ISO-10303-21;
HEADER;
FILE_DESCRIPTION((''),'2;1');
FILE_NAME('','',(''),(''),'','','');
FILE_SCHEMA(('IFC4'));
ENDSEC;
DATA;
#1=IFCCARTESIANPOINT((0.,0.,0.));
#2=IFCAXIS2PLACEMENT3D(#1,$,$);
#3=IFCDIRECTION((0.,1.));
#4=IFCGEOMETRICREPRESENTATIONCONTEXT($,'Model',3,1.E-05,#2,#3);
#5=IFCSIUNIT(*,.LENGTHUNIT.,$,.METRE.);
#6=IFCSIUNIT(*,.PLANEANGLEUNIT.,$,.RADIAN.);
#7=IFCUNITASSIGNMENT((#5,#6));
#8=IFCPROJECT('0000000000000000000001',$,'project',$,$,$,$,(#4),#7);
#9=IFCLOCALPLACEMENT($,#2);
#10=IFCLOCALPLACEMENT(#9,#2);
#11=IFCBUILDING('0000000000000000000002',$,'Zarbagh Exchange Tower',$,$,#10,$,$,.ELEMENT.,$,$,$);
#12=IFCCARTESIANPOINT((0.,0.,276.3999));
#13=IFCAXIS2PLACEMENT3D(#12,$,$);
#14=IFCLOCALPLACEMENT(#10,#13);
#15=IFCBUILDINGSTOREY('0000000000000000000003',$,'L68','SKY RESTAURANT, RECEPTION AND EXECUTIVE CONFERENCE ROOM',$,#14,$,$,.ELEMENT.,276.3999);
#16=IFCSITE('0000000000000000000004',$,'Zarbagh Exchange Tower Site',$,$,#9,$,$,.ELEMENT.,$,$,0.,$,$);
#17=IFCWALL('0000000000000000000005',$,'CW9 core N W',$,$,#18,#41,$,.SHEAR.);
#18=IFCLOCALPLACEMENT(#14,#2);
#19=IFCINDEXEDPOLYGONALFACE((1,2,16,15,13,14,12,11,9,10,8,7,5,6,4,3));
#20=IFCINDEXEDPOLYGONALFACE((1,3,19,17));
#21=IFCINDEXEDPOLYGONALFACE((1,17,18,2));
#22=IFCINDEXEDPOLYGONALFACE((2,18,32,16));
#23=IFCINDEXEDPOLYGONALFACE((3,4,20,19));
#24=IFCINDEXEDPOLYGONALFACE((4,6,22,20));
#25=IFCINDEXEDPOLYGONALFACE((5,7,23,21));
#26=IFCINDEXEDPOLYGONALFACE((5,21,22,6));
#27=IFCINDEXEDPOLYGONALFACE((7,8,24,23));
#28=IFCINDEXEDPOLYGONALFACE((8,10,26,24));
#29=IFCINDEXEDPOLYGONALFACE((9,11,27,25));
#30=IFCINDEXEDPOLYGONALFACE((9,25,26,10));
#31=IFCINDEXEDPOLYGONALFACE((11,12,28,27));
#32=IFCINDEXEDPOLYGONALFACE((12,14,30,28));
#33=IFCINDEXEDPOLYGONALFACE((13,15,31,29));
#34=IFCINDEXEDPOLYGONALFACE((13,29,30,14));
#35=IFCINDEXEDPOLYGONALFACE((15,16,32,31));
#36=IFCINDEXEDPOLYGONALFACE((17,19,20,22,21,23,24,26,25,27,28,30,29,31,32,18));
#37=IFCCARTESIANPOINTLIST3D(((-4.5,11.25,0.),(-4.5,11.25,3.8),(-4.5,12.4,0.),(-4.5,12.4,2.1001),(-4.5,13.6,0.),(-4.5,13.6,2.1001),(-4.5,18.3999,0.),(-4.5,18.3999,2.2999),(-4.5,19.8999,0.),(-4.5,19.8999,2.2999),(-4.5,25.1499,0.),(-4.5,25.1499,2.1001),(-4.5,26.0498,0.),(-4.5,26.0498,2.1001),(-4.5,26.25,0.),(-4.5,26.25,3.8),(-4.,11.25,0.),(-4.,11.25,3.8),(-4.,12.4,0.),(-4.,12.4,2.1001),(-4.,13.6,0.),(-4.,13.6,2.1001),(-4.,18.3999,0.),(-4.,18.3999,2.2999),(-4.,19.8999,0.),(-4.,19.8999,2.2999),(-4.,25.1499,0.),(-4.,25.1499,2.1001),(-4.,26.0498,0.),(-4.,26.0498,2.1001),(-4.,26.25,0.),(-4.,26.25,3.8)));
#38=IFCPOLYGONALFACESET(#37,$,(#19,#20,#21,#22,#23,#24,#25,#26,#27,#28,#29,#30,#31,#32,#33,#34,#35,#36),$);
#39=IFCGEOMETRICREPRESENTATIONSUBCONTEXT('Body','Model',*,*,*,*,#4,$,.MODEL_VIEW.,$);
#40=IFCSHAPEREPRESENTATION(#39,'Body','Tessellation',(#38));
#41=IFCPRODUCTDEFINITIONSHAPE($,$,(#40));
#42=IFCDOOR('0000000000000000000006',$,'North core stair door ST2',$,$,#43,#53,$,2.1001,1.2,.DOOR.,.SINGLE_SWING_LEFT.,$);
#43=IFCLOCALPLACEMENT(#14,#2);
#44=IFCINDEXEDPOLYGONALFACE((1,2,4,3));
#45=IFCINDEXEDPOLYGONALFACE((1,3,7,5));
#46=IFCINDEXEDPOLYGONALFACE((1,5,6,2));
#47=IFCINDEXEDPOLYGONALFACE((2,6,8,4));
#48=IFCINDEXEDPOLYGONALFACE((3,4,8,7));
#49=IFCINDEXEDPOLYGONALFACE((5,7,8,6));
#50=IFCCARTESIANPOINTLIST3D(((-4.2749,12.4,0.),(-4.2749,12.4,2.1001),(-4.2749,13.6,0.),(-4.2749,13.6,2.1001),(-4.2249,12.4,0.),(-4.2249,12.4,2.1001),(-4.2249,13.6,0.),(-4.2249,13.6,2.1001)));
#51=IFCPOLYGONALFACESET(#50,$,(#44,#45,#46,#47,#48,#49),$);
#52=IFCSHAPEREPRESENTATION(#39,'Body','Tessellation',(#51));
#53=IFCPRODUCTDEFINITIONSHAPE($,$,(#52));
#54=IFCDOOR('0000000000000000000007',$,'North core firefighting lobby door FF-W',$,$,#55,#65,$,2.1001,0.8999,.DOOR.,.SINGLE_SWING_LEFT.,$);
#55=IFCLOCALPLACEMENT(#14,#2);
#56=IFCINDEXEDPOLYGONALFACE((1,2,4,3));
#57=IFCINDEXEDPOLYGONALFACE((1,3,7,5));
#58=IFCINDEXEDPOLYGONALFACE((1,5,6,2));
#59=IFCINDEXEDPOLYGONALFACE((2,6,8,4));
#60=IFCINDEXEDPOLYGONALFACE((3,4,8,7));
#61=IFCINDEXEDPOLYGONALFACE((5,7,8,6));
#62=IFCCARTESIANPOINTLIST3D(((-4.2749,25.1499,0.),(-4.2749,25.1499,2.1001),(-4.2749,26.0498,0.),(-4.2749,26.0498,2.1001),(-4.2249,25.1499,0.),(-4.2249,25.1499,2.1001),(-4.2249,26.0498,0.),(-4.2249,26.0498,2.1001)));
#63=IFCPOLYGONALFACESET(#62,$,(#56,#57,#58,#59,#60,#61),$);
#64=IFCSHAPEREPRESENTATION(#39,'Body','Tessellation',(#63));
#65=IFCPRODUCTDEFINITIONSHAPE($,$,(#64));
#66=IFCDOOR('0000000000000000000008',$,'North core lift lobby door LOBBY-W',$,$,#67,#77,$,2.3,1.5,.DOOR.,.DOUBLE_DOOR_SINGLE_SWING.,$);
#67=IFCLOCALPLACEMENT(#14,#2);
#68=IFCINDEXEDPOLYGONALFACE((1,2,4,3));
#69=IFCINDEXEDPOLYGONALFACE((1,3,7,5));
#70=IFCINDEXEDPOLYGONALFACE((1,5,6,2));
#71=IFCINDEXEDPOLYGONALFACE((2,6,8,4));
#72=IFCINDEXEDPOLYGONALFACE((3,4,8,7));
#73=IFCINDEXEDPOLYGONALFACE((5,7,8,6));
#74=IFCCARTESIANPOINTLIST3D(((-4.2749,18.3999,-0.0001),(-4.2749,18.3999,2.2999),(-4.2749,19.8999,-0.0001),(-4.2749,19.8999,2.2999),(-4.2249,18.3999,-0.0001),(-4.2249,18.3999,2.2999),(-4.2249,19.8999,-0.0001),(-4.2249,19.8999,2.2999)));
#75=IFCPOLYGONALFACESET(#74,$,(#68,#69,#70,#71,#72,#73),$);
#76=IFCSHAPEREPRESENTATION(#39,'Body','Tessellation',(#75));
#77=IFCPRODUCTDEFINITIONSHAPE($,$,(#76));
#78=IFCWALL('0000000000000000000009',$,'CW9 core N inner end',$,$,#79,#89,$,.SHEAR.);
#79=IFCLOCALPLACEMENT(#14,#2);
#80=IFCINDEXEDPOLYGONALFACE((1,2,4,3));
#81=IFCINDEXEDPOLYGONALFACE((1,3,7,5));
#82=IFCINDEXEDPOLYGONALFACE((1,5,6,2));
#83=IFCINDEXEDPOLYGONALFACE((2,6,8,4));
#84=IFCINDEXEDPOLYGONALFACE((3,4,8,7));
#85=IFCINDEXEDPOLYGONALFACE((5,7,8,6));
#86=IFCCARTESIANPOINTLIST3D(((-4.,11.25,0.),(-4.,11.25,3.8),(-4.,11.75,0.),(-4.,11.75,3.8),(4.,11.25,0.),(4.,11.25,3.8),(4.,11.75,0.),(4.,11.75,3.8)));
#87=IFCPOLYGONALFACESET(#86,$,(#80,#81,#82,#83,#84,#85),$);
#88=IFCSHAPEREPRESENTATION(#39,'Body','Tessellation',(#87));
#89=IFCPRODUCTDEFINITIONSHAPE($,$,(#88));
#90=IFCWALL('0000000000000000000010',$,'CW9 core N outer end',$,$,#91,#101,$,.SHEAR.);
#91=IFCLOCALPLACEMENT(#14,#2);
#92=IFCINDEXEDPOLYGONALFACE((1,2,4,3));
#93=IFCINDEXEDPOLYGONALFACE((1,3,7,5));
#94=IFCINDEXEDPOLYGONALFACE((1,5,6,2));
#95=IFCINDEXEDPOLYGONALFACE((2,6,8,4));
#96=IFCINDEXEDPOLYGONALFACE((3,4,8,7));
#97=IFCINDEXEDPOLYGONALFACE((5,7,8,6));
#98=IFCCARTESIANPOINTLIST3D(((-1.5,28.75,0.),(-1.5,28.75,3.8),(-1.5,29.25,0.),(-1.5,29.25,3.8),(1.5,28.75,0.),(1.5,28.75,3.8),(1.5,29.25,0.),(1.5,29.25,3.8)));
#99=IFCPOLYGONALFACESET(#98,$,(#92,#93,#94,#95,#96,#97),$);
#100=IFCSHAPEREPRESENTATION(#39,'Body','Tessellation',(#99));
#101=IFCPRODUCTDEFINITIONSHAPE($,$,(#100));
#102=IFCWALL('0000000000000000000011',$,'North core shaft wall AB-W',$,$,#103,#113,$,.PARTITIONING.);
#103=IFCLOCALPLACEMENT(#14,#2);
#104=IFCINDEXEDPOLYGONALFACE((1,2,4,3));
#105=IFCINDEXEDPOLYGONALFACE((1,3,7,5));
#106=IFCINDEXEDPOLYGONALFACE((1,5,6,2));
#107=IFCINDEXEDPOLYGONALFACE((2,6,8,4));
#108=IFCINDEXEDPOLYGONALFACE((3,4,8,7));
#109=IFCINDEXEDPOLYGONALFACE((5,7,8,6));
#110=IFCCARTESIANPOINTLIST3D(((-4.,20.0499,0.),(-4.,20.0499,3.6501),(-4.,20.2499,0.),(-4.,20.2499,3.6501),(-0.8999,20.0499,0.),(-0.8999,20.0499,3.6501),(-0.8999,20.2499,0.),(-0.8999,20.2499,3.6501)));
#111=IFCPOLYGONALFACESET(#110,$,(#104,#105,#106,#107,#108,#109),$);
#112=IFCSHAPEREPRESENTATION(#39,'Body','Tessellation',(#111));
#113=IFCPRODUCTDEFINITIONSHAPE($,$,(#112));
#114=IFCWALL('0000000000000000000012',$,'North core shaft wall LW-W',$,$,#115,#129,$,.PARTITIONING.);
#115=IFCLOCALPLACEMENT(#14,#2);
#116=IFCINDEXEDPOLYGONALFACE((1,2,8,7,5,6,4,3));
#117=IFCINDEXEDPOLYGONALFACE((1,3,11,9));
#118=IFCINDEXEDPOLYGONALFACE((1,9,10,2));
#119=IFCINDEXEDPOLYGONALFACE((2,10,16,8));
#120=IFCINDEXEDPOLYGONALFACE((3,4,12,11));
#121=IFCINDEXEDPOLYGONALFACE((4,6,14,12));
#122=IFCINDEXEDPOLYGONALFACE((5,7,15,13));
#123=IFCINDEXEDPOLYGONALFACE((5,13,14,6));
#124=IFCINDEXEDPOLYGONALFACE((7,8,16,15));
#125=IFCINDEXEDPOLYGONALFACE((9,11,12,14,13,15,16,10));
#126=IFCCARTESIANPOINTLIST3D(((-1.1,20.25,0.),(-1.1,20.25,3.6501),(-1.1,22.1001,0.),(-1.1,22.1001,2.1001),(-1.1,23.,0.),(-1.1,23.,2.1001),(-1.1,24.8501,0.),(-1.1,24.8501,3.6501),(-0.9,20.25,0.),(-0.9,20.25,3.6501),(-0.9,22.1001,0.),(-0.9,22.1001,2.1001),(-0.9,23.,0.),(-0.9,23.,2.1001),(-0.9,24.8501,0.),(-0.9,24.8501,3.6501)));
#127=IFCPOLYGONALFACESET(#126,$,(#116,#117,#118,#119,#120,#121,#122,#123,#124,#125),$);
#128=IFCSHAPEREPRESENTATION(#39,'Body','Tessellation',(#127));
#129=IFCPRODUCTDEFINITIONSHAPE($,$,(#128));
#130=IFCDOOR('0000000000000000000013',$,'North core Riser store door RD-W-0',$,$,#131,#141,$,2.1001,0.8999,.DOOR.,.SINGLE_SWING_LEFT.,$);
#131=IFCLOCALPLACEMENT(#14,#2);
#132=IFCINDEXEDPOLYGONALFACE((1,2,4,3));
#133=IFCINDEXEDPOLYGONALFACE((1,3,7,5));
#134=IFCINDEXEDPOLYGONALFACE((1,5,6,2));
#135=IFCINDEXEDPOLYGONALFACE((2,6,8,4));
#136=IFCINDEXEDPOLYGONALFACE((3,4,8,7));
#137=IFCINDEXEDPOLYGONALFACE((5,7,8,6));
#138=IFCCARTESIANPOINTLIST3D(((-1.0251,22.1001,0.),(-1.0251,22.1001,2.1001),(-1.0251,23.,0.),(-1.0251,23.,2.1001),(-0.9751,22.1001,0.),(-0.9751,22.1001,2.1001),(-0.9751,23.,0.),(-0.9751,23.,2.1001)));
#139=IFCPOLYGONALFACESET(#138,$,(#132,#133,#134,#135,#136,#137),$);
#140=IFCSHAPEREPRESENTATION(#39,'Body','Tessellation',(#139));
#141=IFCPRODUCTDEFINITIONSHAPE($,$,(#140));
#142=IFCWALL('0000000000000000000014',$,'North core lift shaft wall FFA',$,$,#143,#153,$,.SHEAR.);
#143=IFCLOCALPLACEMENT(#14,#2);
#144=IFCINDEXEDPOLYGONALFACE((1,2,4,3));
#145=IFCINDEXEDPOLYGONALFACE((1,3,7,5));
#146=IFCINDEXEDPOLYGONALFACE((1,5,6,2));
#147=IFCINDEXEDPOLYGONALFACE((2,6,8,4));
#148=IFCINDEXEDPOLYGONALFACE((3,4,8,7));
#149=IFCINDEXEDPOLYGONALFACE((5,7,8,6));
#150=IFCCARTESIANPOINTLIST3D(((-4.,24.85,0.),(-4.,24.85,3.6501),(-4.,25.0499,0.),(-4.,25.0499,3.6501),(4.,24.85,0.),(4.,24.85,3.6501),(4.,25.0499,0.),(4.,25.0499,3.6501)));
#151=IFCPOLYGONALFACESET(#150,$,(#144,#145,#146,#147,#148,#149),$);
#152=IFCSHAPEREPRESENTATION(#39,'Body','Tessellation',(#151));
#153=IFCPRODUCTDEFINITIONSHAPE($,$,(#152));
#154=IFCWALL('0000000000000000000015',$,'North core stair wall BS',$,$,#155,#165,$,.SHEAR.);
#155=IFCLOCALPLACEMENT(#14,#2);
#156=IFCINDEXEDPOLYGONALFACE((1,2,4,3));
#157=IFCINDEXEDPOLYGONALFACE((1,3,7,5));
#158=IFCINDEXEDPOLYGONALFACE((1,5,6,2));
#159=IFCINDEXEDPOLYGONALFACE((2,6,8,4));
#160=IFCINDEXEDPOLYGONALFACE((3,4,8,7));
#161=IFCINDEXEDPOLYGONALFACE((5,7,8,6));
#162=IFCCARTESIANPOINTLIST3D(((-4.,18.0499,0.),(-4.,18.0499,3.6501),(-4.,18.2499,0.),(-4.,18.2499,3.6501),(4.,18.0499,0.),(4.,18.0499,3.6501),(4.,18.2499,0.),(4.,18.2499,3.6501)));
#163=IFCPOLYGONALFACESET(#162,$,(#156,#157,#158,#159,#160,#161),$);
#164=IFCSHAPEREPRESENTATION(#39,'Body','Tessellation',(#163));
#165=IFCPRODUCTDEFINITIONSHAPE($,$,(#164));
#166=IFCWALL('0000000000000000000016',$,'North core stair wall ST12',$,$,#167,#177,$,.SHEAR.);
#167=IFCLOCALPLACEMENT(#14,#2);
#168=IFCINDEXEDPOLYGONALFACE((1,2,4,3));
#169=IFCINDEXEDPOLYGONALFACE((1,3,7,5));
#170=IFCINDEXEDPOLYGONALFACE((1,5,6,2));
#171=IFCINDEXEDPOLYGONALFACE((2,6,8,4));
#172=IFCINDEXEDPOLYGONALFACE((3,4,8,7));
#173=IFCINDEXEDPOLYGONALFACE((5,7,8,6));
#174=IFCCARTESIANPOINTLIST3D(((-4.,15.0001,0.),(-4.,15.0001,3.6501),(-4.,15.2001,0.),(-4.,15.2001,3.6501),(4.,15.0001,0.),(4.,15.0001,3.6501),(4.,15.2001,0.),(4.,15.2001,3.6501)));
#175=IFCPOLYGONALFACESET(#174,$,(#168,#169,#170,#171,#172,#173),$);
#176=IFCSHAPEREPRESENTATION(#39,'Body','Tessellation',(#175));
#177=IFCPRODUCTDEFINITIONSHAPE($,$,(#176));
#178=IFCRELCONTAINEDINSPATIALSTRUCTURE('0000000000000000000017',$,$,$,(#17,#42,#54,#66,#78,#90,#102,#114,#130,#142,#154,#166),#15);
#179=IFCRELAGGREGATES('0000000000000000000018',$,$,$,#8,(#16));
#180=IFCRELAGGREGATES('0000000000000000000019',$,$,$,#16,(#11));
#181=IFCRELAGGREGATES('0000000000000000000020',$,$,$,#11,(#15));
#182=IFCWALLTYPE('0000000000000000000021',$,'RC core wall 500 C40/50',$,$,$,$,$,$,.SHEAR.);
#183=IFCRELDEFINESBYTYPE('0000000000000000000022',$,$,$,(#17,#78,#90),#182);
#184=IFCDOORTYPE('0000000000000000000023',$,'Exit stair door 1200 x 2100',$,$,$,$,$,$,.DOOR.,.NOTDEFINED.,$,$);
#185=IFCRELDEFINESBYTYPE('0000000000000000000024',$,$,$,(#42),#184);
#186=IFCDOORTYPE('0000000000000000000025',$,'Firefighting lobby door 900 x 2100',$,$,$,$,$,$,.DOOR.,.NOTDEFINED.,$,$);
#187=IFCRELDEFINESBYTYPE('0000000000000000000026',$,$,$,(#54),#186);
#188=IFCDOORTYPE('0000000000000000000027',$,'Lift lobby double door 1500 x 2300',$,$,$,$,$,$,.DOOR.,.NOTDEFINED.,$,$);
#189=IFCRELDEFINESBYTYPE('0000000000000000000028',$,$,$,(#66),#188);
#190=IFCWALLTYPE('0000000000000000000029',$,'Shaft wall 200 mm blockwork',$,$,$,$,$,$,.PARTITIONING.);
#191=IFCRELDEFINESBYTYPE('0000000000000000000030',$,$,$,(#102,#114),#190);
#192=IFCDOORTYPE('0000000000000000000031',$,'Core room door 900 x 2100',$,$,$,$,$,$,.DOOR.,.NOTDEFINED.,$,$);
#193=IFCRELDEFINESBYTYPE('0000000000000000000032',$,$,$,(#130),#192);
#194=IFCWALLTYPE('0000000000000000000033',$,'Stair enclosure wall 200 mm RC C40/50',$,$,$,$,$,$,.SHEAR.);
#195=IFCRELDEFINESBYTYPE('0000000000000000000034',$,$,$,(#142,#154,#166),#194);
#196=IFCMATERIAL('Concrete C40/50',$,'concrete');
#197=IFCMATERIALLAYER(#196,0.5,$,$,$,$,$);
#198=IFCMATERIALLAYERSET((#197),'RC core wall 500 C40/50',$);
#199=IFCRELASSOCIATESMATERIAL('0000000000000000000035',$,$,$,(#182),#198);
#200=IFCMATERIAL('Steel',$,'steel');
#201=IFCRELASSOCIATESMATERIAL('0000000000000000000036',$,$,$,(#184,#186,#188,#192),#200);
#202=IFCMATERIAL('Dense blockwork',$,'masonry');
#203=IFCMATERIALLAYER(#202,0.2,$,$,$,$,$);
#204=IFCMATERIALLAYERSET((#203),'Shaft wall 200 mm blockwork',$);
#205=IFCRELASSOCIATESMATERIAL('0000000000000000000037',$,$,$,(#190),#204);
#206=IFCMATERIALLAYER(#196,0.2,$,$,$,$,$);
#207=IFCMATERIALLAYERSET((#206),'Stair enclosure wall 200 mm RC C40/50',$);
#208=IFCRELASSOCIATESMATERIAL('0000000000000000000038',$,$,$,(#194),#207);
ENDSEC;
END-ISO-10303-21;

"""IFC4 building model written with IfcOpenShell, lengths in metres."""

from ifc_helpers import new_model, si_unit, direction, frame, frame_2d, origin, place, context, subcontext, project, spatial, rectangle, extrude, material, layer, layer_set, type_object, element, fill, save


model = new_model("IFC4")

# Units and contexts
model_context = context("Model", 3, precision=1e-05, world=origin(), true_north=direction((0.0, 1.0)))
body_context = subcontext(model_context, "Body", "Model", "MODEL_VIEW")
ifc_project = project(units=[si_unit("LENGTHUNIT", "METRE"), si_unit("PLANEANGLEUNIT", "RADIAN")], contexts=[model_context])

# Site, building, storey
site_placement = place(None, origin())
site = spatial("IfcSite", under=ifc_project, at=site_placement, Name="Zarbagh Exchange Tower Site", CompositionType="ELEMENT", RefElevation=0.0)
building_placement = place(site_placement, origin())
building = spatial("IfcBuilding", under=site, at=building_placement, Name="Zarbagh Exchange Tower", CompositionType="ELEMENT")
storey_placement = place(building_placement, frame((0.0, 0.0, 276.3999)))
storey = spatial("IfcBuildingStorey", under=building, at=storey_placement, Name="L68", Description="SKY RESTAURANT, RECEPTION AND EXECUTIVE CONFERENCE ROOM", CompositionType="ELEMENT", Elevation=276.3999)

# Shared definitions
ifc_material_1 = material(Name="Concrete C40/50", Category="concrete")

# Wall, openings, doors
ifc_layer_1 = layer(ifc_material_1, 0.5)
ifc_layer_set_1 = layer_set([ifc_layer_1], Name="RC core wall 500 C40/50")
wall_type_1 = type_object("IfcWallType", Name="RC core wall 500 C40/50", PredefinedType="SHEAR", material=ifc_layer_set_1)
wall_1_placement = place(storey_placement, frame((-4.25, 11.25, 0.0), z_axis=(0.0, 0.0, 1.0), x_axis=(0.0, 1.0, 0.0)))
wall_1 = element("IfcWall", 1, at=wall_1_placement, inside=storey, type_object=wall_type_1, Name="CW9 core N W", PredefinedType="SHEAR", context=body_context, shape_type="SweptSolid", body=[
    extrude(rectangle(XDim=15.0, YDim=0.5, at=frame_2d((7.5, 0.0))), origin(), (0.0, 0.0, 1.0), 3.8),
])
opening_1_placement = place(wall_1_placement, frame((7.1499, 0.0, 0.0)))
opening_1 = element("IfcOpeningElement", 2, at=opening_1_placement, cuts=wall_1, PredefinedType="OPENING", context=body_context, shape_type="SweptSolid", body=[
    extrude(rectangle(XDim=1.5, YDim=2.3, at=frame_2d((0.75, 1.1499))), frame((0.0, 0.26, 0.0), z_axis=(0.0, -1.0, 0.0), x_axis=(1.0, 0.0, 0.0)), (0.0, 0.0, 1.0), 0.52),
])
opening_2_placement = place(wall_1_placement, frame((13.8999, 0.0, 0.0)))
opening_2 = element("IfcOpeningElement", 3, at=opening_2_placement, cuts=wall_1, PredefinedType="OPENING", context=body_context, shape_type="SweptSolid", body=[
    extrude(rectangle(XDim=0.8999, YDim=2.1001, at=frame_2d((0.45, 1.05))), frame((0.0, 0.26, 0.0), z_axis=(0.0, -1.0, 0.0), x_axis=(1.0, 0.0, 0.0)), (0.0, 0.0, 1.0), 0.52),
])
opening_3_placement = place(wall_1_placement, frame((1.1499, 0.0, 0.0)))
opening_3 = element("IfcOpeningElement", 4, at=opening_3_placement, cuts=wall_1, PredefinedType="OPENING", context=body_context, shape_type="SweptSolid", body=[
    extrude(rectangle(XDim=1.2, YDim=2.1001, at=frame_2d((0.6001, 1.05))), frame((0.0, 0.26, 0.0), z_axis=(0.0, -1.0, 0.0), x_axis=(1.0, 0.0, 0.0)), (0.0, 0.0, 1.0), 0.52),
])
ifc_material_2 = material(Name="Steel", Category="steel")
door_type_1 = type_object("IfcDoorType", Name="Exit stair door 1200 x 2100", OperationType="NOTDEFINED", PredefinedType="DOOR", material=ifc_material_2)
door_1_placement = place(opening_3_placement, origin())
door_1 = element("IfcDoor", 5, at=door_1_placement, inside=storey, type_object=door_type_1, Name="North core stair door ST2", OperationType="SINGLE_SWING_LEFT", OverallHeight=2.1001, OverallWidth=1.2, PredefinedType="DOOR", context=body_context, shape_type="SweptSolid", body=[
    extrude(rectangle(XDim=1.2, YDim=2.1001, at=frame_2d((0.6001, 1.05))), frame((0.0, 0.0249, 0.0), z_axis=(0.0, -1.0, 0.0), x_axis=(1.0, 0.0, 0.0)), (0.0, 0.0, 1.0), 0.05),
])
fill(opening_3, door_1)
door_type_2 = type_object("IfcDoorType", Name="Firefighting lobby door 900 x 2100", OperationType="NOTDEFINED", PredefinedType="DOOR", material=ifc_material_2)
door_2_placement = place(opening_2_placement, origin())
door_2 = element("IfcDoor", 6, at=door_2_placement, inside=storey, type_object=door_type_2, Name="North core firefighting lobby door FF-W", OperationType="SINGLE_SWING_LEFT", OverallHeight=2.1001, OverallWidth=0.8999, PredefinedType="DOOR", context=body_context, shape_type="SweptSolid", body=[
    extrude(rectangle(XDim=0.8999, YDim=2.1001, at=frame_2d((0.45, 1.05))), frame((0.0, 0.0249, 0.0), z_axis=(0.0, -1.0, 0.0), x_axis=(1.0, 0.0, 0.0)), (0.0, 0.0, 1.0), 0.05),
])
fill(opening_2, door_2)
door_type_3 = type_object("IfcDoorType", Name="Lift lobby double door 1500 x 2300", OperationType="NOTDEFINED", PredefinedType="DOOR", material=ifc_material_2)
door_3_placement = place(opening_1_placement, origin())
door_3 = element("IfcDoor", 7, at=door_3_placement, inside=storey, type_object=door_type_3, Name="North core lift lobby door LOBBY-W", OperationType="DOUBLE_DOOR_SINGLE_SWING", OverallHeight=2.3, OverallWidth=1.5, PredefinedType="DOOR", context=body_context, shape_type="SweptSolid", body=[
    extrude(rectangle(XDim=1.5, YDim=2.3, at=frame_2d((0.75, 1.1499))), frame((0.0, 0.0249, 0.0), z_axis=(0.0, -1.0, 0.0), x_axis=(1.0, 0.0, 0.0)), (0.0, 0.0, 1.0), 0.05),
])
fill(opening_1, door_3)

# Walls
wall_2_placement = place(storey_placement, frame((-4.0, 11.5, 0.0), z_axis=(0.0, 0.0, 1.0), x_axis=(1.0, 0.0, 0.0)))
element("IfcWall", 8, at=wall_2_placement, inside=storey, type_object=wall_type_1, Name="CW9 core N inner end", PredefinedType="SHEAR", context=body_context, shape_type="SweptSolid", body=[
    extrude(rectangle(XDim=8.0, YDim=0.5, at=frame_2d((4.0, 0.0))), origin(), (0.0, 0.0, 1.0), 3.8),
])
wall_3_placement = place(storey_placement, frame((-1.5, 29.0, 0.0), z_axis=(0.0, 0.0, 1.0), x_axis=(1.0, 0.0, 0.0)))
element("IfcWall", 9, at=wall_3_placement, inside=storey, type_object=wall_type_1, Name="CW9 core N outer end", PredefinedType="SHEAR", context=body_context, shape_type="SweptSolid", body=[
    extrude(rectangle(XDim=3.0, YDim=0.5, at=frame_2d((1.5, 0.0))), origin(), (0.0, 0.0, 1.0), 3.8),
])
ifc_material_3 = material(Name="Dense blockwork", Category="masonry")
ifc_layer_2 = layer(ifc_material_3, 0.2)
ifc_layer_set_2 = layer_set([ifc_layer_2], Name="Shaft wall 200 mm blockwork")
wall_type_2 = type_object("IfcWallType", Name="Shaft wall 200 mm blockwork", PredefinedType="PARTITIONING", material=ifc_layer_set_2)
wall_4_placement = place(storey_placement, frame((-4.0, 20.1499, 0.0), z_axis=(0.0, 0.0, 1.0), x_axis=(1.0, 0.0, 0.0)))
element("IfcWall", 10, at=wall_4_placement, inside=storey, type_object=wall_type_2, Name="North core shaft wall AB-W", PredefinedType="PARTITIONING", context=body_context, shape_type="SweptSolid", body=[
    extrude(rectangle(XDim=3.1001, YDim=0.2, at=frame_2d((1.55, 0.0))), origin(), (0.0, 0.0, 1.0), 3.6501),
])

# Wall, opening, door
wall_5_placement = place(storey_placement, frame((-1.0, 24.8501, 0.0), z_axis=(0.0, 0.0, 1.0), x_axis=(0.0, -1.0, 0.0)))
wall_5 = element("IfcWall", 11, at=wall_5_placement, inside=storey, type_object=wall_type_2, Name="North core shaft wall LW-W", PredefinedType="PARTITIONING", context=body_context, shape_type="SweptSolid", body=[
    extrude(rectangle(XDim=4.6001, YDim=0.2, at=frame_2d((2.3, 0.0))), origin(), (0.0, 0.0, 1.0), 3.6501),
])
opening_4_placement = place(wall_5_placement, frame((1.8501, 0.0, 0.0)))
opening_4 = element("IfcOpeningElement", 12, at=opening_4_placement, cuts=wall_5, PredefinedType="OPENING", context=body_context, shape_type="SweptSolid", body=[
    extrude(rectangle(XDim=0.8999, YDim=2.1001, at=frame_2d((0.45, 1.05))), frame((0.0, 0.1099, 0.0), z_axis=(0.0, -1.0, 0.0), x_axis=(1.0, 0.0, 0.0)), (0.0, 0.0, 1.0), 0.22),
])
door_type_4 = type_object("IfcDoorType", Name="Core room door 900 x 2100", OperationType="NOTDEFINED", PredefinedType="DOOR", material=ifc_material_2)
door_4_placement = place(opening_4_placement, origin())
door_4 = element("IfcDoor", 13, at=door_4_placement, inside=storey, type_object=door_type_4, Name="North core Riser store door RD-W-0", OperationType="SINGLE_SWING_LEFT", OverallHeight=2.1001, OverallWidth=0.8999, PredefinedType="DOOR", context=body_context, shape_type="SweptSolid", body=[
    extrude(rectangle(XDim=0.8999, YDim=2.1001, at=frame_2d((0.45, 1.05))), frame((0.0, 0.0249, 0.0), z_axis=(0.0, -1.0, 0.0), x_axis=(1.0, 0.0, 0.0)), (0.0, 0.0, 1.0), 0.05),
])
fill(opening_4, door_4)

# Walls
ifc_layer_3 = layer(ifc_material_1, 0.2)
ifc_layer_set_3 = layer_set([ifc_layer_3], Name="Stair enclosure wall 200 mm RC C40/50")
wall_type_3 = type_object("IfcWallType", Name="Stair enclosure wall 200 mm RC C40/50", PredefinedType="SHEAR", material=ifc_layer_set_3)
for number, where, z_axis, x_axis, name in (
    (14, (-4.0, 24.95, 0.0), (0.0, 0.0, 1.0), (1.0, 0.0, 0.0), "North core lift shaft wall FFA"),
    (15, (-4.0, 18.1499, 0.0), (0.0, 0.0, 1.0), (1.0, 0.0, 0.0), "North core stair wall BS"),
    (16, (-4.0, 15.1001, 0.0), (0.0, 0.0, 1.0), (1.0, 0.0, 0.0), "North core stair wall ST12"),
):
    element("IfcWall", number, at=place(storey_placement, frame(where, z_axis=z_axis, x_axis=x_axis)), inside=storey, type_object=wall_type_3, Name=name, PredefinedType="SHEAR", context=body_context, shape_type="SweptSolid", body=[
        extrude(rectangle(XDim=8.0, YDim=0.2, at=frame_2d((4.0, 0.0))), origin(), (0.0, 0.0, 1.0), 3.6501),
    ])

save(model, "model.ifc")
